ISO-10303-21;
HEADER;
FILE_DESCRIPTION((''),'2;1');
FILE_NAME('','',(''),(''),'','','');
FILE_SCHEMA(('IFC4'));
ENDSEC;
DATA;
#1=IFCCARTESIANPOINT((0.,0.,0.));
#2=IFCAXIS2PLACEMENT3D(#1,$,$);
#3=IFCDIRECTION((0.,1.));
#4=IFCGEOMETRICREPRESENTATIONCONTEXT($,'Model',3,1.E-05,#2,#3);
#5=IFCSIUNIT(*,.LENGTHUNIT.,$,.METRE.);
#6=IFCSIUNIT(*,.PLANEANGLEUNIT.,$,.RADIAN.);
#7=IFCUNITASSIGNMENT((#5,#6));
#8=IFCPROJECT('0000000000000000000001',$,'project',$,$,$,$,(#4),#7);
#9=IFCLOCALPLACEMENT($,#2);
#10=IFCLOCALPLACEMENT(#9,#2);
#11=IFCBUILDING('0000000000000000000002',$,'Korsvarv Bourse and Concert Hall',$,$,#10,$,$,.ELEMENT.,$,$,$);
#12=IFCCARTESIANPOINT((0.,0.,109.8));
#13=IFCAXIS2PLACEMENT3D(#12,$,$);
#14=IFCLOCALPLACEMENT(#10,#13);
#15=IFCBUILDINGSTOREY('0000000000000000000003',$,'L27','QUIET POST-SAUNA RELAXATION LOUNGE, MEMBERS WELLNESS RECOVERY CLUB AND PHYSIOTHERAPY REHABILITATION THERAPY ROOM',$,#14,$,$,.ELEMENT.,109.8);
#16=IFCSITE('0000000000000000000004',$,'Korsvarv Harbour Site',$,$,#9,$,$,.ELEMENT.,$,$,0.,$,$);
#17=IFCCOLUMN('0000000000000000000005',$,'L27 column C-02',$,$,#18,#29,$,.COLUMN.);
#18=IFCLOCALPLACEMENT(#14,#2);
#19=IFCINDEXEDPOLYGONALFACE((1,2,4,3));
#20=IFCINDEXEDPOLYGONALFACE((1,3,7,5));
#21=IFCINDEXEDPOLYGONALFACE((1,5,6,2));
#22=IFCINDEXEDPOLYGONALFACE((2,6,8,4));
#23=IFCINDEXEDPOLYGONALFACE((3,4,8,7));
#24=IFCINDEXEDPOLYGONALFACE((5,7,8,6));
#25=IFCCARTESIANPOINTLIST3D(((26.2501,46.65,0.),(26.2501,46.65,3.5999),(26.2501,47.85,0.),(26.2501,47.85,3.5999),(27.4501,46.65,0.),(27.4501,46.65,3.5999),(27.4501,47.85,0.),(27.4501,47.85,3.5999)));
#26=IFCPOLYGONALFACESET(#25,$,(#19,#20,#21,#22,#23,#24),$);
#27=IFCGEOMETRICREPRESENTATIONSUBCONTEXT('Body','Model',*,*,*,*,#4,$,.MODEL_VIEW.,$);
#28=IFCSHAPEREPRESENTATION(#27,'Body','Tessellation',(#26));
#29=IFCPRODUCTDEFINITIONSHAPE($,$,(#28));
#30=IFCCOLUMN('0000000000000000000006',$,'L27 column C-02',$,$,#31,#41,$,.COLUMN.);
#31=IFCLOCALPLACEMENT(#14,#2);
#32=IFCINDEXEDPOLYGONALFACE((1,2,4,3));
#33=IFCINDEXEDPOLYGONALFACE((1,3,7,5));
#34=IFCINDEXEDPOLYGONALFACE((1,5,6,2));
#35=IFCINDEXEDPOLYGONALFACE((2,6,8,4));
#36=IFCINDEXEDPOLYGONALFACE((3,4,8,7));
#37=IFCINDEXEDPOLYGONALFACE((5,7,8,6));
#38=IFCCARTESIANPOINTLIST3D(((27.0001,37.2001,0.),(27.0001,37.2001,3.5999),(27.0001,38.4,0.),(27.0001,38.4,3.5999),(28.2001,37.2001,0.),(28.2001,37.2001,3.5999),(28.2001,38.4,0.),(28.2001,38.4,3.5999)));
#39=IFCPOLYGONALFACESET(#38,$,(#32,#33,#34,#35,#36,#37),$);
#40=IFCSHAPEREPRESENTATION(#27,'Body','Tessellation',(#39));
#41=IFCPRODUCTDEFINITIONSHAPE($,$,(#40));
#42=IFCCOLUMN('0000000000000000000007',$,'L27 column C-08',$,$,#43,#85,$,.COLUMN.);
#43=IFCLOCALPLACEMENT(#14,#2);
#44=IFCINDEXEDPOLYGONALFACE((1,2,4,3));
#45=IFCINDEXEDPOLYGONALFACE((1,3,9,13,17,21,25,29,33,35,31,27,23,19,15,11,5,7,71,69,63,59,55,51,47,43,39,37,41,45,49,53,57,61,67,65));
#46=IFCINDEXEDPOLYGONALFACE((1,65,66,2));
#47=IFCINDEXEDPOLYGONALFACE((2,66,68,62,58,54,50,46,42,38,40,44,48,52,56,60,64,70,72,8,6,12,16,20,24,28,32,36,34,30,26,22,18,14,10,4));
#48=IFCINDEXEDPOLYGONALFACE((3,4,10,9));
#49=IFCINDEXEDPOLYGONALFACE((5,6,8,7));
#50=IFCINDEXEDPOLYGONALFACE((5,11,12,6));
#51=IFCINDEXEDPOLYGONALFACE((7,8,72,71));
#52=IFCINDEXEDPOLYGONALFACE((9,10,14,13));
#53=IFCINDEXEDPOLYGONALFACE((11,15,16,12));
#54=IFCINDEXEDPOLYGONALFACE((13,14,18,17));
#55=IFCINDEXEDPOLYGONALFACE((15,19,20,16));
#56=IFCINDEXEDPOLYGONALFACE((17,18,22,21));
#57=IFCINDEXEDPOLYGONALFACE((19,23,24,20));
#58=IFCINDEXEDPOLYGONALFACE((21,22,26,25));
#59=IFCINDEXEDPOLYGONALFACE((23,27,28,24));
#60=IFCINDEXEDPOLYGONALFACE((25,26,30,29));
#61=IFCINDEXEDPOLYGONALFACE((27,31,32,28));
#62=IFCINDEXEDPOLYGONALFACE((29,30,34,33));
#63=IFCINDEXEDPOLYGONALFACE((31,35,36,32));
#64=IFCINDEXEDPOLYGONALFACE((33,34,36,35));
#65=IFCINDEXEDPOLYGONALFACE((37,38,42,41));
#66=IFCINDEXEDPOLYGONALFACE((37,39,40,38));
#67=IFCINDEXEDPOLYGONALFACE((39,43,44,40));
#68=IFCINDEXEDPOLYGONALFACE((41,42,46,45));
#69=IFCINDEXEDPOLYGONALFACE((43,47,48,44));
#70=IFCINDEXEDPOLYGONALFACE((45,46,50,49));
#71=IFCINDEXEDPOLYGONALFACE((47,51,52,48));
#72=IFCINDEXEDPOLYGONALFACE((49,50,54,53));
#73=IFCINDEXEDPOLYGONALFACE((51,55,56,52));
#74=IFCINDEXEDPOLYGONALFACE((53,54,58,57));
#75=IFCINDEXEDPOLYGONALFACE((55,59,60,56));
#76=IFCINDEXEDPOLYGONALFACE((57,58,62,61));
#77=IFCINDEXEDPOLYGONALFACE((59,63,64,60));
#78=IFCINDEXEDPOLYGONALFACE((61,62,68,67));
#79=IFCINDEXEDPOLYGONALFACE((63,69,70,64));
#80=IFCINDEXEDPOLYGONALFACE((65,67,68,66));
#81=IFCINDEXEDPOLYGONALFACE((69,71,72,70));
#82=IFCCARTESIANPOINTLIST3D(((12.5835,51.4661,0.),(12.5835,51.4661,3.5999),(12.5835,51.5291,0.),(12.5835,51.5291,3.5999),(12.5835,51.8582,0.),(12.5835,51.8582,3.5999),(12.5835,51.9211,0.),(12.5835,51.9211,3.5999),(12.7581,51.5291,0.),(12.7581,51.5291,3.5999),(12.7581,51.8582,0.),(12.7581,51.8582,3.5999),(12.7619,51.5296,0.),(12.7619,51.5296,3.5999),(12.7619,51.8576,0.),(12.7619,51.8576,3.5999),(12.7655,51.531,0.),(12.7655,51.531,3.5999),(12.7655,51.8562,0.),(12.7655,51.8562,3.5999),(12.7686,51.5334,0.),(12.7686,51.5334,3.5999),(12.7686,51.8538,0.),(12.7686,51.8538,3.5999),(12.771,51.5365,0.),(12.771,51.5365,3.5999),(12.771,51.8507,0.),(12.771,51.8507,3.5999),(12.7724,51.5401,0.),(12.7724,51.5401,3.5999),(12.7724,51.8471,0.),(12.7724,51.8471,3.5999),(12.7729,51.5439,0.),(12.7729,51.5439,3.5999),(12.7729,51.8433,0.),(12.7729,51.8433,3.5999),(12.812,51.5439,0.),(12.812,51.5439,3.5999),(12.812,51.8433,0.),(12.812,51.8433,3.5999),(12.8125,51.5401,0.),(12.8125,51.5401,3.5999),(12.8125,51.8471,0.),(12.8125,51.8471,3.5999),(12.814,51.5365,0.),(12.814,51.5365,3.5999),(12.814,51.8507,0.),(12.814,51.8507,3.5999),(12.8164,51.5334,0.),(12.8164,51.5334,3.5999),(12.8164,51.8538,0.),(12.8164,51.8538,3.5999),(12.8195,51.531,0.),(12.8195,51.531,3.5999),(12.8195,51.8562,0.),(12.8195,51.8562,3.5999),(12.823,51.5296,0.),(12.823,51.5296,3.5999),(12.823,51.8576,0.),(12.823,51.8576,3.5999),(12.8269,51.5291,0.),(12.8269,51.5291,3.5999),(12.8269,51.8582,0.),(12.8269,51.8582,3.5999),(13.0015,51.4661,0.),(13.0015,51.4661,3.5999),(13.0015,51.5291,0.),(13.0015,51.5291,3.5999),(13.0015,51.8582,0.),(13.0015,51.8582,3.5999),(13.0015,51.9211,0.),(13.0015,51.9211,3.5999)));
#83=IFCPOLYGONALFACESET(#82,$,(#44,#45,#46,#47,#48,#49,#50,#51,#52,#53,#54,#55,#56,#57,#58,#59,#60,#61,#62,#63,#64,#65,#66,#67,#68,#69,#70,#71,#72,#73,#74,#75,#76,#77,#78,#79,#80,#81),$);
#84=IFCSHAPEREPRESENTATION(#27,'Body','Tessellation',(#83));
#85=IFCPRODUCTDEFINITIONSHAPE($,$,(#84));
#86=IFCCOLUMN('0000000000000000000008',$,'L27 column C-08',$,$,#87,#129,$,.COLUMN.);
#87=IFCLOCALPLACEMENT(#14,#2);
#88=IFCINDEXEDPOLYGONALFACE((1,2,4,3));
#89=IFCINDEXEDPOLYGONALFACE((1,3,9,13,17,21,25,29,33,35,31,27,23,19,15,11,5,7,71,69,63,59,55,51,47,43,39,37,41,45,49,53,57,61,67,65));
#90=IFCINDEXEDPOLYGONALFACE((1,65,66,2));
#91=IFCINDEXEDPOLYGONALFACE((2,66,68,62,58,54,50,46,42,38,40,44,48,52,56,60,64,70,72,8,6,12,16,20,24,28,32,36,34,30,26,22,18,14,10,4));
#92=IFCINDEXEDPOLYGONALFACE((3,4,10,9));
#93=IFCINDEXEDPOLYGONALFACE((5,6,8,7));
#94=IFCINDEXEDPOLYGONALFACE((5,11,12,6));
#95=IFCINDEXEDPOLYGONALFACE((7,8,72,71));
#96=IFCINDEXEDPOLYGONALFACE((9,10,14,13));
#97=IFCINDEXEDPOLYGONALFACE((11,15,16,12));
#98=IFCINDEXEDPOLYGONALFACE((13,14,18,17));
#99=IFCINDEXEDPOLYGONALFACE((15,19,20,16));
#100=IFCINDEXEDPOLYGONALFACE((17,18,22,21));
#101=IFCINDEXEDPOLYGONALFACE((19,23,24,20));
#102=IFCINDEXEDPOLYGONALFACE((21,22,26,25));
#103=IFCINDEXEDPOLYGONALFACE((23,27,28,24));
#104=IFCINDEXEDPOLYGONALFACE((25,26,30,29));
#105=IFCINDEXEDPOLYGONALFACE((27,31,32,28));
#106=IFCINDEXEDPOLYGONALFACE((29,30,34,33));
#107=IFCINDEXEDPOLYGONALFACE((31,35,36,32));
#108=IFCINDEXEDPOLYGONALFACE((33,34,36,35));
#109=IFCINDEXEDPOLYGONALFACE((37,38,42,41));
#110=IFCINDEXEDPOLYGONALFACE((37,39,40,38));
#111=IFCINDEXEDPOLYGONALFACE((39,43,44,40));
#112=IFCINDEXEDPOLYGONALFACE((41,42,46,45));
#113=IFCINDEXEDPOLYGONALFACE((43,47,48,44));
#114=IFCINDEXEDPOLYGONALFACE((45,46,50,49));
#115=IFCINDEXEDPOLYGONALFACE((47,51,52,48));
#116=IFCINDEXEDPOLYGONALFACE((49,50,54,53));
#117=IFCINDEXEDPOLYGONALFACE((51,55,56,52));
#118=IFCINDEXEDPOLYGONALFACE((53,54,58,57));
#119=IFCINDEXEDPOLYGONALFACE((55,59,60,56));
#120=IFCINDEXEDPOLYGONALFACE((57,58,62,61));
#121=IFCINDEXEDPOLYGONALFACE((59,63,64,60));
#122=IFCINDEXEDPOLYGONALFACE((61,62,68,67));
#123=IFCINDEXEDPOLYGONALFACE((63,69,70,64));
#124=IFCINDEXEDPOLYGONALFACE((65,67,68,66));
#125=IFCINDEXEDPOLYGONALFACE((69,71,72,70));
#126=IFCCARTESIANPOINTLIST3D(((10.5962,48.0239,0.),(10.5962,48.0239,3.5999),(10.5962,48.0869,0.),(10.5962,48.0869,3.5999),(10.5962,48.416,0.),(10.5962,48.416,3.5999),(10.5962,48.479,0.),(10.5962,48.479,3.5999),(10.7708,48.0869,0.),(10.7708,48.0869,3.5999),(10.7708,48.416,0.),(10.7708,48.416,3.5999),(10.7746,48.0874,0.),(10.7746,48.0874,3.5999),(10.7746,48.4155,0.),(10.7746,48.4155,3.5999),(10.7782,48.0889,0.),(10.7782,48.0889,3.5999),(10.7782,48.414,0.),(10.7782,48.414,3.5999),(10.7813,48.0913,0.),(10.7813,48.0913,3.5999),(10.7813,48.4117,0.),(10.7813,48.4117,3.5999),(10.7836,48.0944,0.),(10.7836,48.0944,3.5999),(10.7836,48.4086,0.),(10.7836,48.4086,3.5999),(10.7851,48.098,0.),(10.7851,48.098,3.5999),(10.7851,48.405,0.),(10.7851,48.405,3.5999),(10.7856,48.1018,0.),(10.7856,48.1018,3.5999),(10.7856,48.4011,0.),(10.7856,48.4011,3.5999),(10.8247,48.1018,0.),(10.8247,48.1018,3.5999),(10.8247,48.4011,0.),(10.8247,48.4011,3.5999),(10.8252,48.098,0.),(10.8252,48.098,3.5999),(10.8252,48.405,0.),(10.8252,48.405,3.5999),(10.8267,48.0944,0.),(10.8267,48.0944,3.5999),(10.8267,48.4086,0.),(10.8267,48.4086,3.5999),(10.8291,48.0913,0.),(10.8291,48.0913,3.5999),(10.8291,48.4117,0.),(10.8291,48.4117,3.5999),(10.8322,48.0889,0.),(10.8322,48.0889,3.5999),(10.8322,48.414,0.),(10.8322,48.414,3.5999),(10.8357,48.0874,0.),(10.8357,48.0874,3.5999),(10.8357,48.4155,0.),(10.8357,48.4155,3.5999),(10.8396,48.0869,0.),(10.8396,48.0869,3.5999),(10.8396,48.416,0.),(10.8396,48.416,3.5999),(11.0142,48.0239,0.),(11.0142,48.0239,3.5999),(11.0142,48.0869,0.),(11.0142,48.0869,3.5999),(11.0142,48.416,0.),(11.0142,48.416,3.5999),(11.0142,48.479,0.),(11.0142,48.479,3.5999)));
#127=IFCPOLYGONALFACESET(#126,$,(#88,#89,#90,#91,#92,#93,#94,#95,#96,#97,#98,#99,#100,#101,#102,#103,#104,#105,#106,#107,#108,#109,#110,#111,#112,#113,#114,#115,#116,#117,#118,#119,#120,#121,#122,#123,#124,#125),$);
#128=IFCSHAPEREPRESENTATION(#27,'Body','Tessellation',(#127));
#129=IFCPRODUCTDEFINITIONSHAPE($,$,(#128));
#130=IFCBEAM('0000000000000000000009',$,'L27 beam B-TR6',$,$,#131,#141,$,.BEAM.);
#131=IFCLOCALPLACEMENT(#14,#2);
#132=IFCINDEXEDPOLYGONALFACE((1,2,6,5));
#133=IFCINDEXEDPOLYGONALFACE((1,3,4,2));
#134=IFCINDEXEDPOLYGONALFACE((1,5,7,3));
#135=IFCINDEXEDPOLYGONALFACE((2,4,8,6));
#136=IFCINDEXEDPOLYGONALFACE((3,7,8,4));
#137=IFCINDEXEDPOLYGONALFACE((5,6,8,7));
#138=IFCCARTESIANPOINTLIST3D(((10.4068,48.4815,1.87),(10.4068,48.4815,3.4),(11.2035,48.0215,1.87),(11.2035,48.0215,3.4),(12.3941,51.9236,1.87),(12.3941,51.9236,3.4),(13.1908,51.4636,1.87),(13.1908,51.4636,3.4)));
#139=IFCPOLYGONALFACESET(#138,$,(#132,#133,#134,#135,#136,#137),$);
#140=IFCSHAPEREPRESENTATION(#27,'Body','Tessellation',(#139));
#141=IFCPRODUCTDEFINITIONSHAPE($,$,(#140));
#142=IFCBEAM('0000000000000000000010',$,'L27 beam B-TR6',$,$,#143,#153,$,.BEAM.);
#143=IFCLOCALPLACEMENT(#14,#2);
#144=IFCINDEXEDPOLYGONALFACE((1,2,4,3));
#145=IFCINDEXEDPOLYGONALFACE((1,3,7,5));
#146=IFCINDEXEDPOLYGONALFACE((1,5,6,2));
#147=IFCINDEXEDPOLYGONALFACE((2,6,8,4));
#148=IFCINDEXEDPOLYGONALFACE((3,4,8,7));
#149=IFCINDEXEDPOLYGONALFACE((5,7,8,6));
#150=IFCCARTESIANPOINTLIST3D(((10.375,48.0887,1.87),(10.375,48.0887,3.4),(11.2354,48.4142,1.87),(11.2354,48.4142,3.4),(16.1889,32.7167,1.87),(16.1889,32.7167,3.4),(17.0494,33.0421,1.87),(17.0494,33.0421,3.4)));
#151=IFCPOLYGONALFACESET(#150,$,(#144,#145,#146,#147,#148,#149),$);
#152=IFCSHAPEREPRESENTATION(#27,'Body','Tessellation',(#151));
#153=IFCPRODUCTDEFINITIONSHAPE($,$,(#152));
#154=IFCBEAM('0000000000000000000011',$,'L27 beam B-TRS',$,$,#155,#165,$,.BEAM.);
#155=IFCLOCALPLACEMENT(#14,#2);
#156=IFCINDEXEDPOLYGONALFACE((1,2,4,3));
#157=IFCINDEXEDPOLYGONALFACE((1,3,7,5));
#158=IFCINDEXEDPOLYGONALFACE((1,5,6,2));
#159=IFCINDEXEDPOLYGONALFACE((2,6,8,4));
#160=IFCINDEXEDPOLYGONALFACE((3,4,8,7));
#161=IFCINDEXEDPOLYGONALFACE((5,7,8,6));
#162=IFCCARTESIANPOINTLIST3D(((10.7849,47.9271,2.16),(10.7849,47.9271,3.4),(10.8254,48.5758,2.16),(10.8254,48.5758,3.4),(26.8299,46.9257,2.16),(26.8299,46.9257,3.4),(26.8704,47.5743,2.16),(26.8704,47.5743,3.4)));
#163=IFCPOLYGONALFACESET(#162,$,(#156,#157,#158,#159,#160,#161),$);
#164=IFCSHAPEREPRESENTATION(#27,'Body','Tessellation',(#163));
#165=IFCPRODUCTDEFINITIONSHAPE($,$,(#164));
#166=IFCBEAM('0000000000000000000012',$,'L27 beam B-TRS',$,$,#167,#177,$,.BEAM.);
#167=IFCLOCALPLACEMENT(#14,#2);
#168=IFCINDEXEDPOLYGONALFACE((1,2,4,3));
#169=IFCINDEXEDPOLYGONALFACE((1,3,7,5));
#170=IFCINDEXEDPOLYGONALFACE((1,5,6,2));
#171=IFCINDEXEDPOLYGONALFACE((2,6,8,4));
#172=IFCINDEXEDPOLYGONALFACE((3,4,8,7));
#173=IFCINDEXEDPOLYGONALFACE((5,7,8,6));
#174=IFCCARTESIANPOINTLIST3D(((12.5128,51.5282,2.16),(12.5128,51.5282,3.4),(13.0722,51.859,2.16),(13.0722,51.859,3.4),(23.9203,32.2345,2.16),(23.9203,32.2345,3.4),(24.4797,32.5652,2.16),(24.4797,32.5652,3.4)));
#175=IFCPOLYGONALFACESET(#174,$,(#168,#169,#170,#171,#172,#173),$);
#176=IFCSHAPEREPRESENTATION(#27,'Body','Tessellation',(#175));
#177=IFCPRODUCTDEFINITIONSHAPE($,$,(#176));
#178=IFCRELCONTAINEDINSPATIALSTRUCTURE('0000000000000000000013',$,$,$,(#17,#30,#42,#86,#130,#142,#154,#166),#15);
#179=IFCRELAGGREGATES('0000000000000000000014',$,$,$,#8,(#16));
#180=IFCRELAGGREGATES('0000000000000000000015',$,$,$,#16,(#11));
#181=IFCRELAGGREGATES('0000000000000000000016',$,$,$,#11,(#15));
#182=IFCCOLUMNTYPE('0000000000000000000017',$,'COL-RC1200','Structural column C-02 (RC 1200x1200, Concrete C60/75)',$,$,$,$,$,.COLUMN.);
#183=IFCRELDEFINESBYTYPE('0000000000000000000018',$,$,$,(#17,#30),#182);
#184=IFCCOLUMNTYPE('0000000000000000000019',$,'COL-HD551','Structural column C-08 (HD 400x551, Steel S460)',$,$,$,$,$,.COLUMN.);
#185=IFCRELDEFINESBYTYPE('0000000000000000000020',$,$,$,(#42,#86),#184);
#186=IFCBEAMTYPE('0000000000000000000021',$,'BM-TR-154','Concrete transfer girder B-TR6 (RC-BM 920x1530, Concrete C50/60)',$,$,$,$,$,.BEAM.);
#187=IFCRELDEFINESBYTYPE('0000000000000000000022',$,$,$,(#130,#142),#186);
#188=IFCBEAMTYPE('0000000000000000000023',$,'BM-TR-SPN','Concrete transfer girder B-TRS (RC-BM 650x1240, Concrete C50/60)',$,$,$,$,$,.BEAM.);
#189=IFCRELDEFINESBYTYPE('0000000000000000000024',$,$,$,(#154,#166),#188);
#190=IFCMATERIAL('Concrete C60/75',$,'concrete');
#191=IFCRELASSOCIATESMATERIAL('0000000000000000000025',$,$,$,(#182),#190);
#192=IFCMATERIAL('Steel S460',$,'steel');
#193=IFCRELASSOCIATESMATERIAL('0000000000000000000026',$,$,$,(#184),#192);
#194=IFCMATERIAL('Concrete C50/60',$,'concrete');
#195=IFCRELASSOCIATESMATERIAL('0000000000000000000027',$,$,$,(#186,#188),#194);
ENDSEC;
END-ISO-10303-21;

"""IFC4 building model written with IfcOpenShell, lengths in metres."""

from ifc_helpers import new_model, si_unit, direction, frame, origin, origin_2d, place, context, subcontext, project, spatial, rectangle, i_section, extrude, source, transform, mapped, material, material_profile, profile_set, type_object, element, save


model = new_model("IFC4")

# Units and contexts
model_context = context("Model", 3, precision=1e-05, world=origin(), true_north=direction((0.0, 1.0)))
body_context = subcontext(model_context, "Body", "Model", "MODEL_VIEW")
ifc_project = project(units=[si_unit("LENGTHUNIT", "METRE"), si_unit("PLANEANGLEUNIT", "RADIAN")], contexts=[model_context])

# Site, building, storey
site_placement = place(None, origin())
site = spatial("IfcSite", under=ifc_project, at=site_placement, Name="Korsvarv Harbour Site", CompositionType="ELEMENT", RefElevation=0.0)
building_placement = place(site_placement, origin())
building = spatial("IfcBuilding", under=site, at=building_placement, Name="Korsvarv Bourse and Concert Hall", CompositionType="ELEMENT")
storey_placement = place(building_placement, frame((0.0, 0.0, 109.8)))
storey = spatial("IfcBuildingStorey", under=building, at=storey_placement, Name="L27", Description="QUIET POST-SAUNA RELAXATION LOUNGE, MEMBERS WELLNESS RECOVERY CLUB AND PHYSIOTHERAPY REHABILITATION THERAPY ROOM", CompositionType="ELEMENT", Elevation=109.8)

# Columns
ifc_material_1 = material(Name="Concrete C60/75", Category="concrete")
ifc_material_profile_1 = material_profile(ifc_material_1, rectangle(XDim=1.2, YDim=1.2, at=origin_2d()), Name="RC 1200x1200")
ifc_profile_set_1 = profile_set([ifc_material_profile_1], Name="Concrete C60/75")
column_type_1 = type_object("IfcColumnType", Name="COL-RC1200", Description="Structural column C-02 (RC 1200x1200, Concrete C60/75)", PredefinedType="COLUMN", material=ifc_profile_set_1)
shared_shape_1 = source(origin(), body_context, "Body", "SweptSolid", [
    extrude(rectangle(XDim=1.2, YDim=1.2, at=origin_2d()), origin(), (0.0, 0.0, 1.0), 3.5999),
])
for number, where, z_axis, x_axis, name in (
    (1, (26.8501, 47.25, 0.0), (0.0, 0.0, 1.0), (1.0, 0.0, 0.0), "L27 column C-02"),
    (2, (27.6001, 37.8, 0.0), (0.0, 0.0, 1.0), (1.0, 0.0, 0.0), "L27 column C-02"),
):
    element("IfcColumn", number, at=place(storey_placement, frame(where, z_axis=z_axis, x_axis=x_axis)), inside=storey, type_object=column_type_1, Name=name, PredefinedType="COLUMN", context=body_context, shape_type="MappedRepresentation", body=[
        mapped(shared_shape_1, transform((0.0, 0.0, 0.0), scale=1.0)),
    ])
ifc_material_2 = material(Name="Steel S460", Category="steel")
ifc_material_profile_2 = material_profile(ifc_material_2, i_section(OverallWidth=0.418, OverallDepth=0.4551, WebThickness=0.0391, FlangeThickness=0.063, FilletRadius=0.0149, at=origin_2d()), Name="HD 400x551")
ifc_profile_set_2 = profile_set([ifc_material_profile_2], Name="Steel S460")
column_type_2 = type_object("IfcColumnType", Name="COL-HD551", Description="Structural column C-08 (HD 400x551, Steel S460)", PredefinedType="COLUMN", material=ifc_profile_set_2)
shared_shape_2 = source(origin(), body_context, "Body", "SweptSolid", [
    extrude(i_section(OverallWidth=0.418, OverallDepth=0.4551, WebThickness=0.0391, FlangeThickness=0.063, FilletRadius=0.0149, at=origin_2d()), origin(), (0.0, 0.0, 1.0), 3.5999),
])
for number, where, z_axis, x_axis, name in (
    (3, (12.7925, 51.6936, 0.0), (0.0, 0.0, 1.0), (1.0, 0.0, 0.0), "L27 column C-08"),
    (4, (10.8052, 48.2515, 0.0), (0.0, 0.0, 1.0), (1.0, 0.0, 0.0), "L27 column C-08"),
):
    element("IfcColumn", number, at=place(storey_placement, frame(where, z_axis=z_axis, x_axis=x_axis)), inside=storey, type_object=column_type_2, Name=name, PredefinedType="COLUMN", context=body_context, shape_type="MappedRepresentation", body=[
        mapped(shared_shape_2, transform((0.0, 0.0, 0.0), scale=1.0)),
    ])

# Beams
ifc_material_3 = material(Name="Concrete C50/60", Category="concrete")
ifc_material_profile_3 = material_profile(ifc_material_3, rectangle(XDim=0.9199, YDim=1.53, at=origin_2d()), Name="RC-BM 920x1530")
ifc_profile_set_3 = profile_set([ifc_material_profile_3], Name="Concrete C50/60")
beam_type_1 = type_object("IfcBeamType", Name="BM-TR-154", Description="Concrete transfer girder B-TR6 (RC-BM 920x1530, Concrete C50/60)", PredefinedType="BEAM", material=ifc_profile_set_3)
shared_shape_3 = source(origin(), body_context, "Body", "SweptSolid", [
    extrude(rectangle(XDim=0.9199, YDim=1.53, at=origin_2d()), origin(), (0.0, 0.0, 1.0), 3.9746),
])
beam_1_placement = place(storey_placement, frame((12.7925, 51.6936, 2.635), z_axis=(-0.499997, -0.866027, 0.0), x_axis=(0.866027, -0.499997, 0.0)))
element("IfcBeam", 5, at=beam_1_placement, inside=storey, type_object=beam_type_1, Name="L27 beam B-TR6", PredefinedType="BEAM", context=body_context, shape_type="MappedRepresentation", body=[
    mapped(shared_shape_3, transform((0.0, 0.0, 0.0), scale=1.0)),
])
shared_shape_4 = source(origin(), body_context, "Body", "SweptSolid", [
    extrude(rectangle(XDim=0.9199, YDim=1.53, at=origin_2d()), origin(), (0.0, 0.0, 1.0), 16.4348),
])
beam_2_placement = place(storey_placement, frame((10.8052, 48.2515, 2.635), z_axis=(0.353759, -0.935336, 0.0), x_axis=(0.935336, 0.353759, 0.0)))
element("IfcBeam", 6, at=beam_2_placement, inside=storey, type_object=beam_type_1, Name="L27 beam B-TR6", PredefinedType="BEAM", context=body_context, shape_type="MappedRepresentation", body=[
    mapped(shared_shape_4, transform((0.0, 0.0, 0.0), scale=1.0)),
])
ifc_material_profile_4 = material_profile(ifc_material_3, rectangle(XDim=0.6499, YDim=1.24, at=origin_2d()), Name="RC-BM 650x1240")
ifc_profile_set_4 = profile_set([ifc_material_profile_4], Name="Concrete C50/60")
beam_type_2 = type_object("IfcBeamType", Name="BM-TR-SPN", Description="Concrete transfer girder B-TRS (RC-BM 650x1240, Concrete C50/60)", PredefinedType="BEAM", material=ifc_profile_set_4)
shared_shape_5 = source(origin(), body_context, "Body", "SweptSolid", [
    extrude(rectangle(XDim=0.6499, YDim=1.24, at=origin_2d()), origin(), (0.0, 0.0, 1.0), 16.0762),
])
beam_3_placement = place(storey_placement, frame((10.8052, 48.2515, 2.78), z_axis=(0.998058, -0.062295, 0.0), x_axis=(0.062295, 0.998058, 0.0)))
element("IfcBeam", 7, at=beam_3_placement, inside=storey, type_object=beam_type_2, Name="L27 beam B-TRS", PredefinedType="BEAM", context=body_context, shape_type="MappedRepresentation", body=[
    mapped(shared_shape_5, transform((0.0, 0.0, 0.0), scale=1.0)),
])
shared_shape_6 = source(origin(), body_context, "Body", "SweptSolid", [
    extrude(rectangle(XDim=0.6499, YDim=1.24, at=origin_2d()), origin(), (0.0, 0.0, 1.0), 22.4138),
])
beam_4_placement = place(storey_placement, frame((12.7925, 51.6936, 2.78), z_axis=(0.508949, -0.860797, 0.0), x_axis=(0.860797, 0.508949, 0.0)))
element("IfcBeam", 8, at=beam_4_placement, inside=storey, type_object=beam_type_2, Name="L27 beam B-TRS", PredefinedType="BEAM", context=body_context, shape_type="MappedRepresentation", body=[
    mapped(shared_shape_6, transform((0.0, 0.0, 0.0), scale=1.0)),
])

save(model, "model.ifc")
